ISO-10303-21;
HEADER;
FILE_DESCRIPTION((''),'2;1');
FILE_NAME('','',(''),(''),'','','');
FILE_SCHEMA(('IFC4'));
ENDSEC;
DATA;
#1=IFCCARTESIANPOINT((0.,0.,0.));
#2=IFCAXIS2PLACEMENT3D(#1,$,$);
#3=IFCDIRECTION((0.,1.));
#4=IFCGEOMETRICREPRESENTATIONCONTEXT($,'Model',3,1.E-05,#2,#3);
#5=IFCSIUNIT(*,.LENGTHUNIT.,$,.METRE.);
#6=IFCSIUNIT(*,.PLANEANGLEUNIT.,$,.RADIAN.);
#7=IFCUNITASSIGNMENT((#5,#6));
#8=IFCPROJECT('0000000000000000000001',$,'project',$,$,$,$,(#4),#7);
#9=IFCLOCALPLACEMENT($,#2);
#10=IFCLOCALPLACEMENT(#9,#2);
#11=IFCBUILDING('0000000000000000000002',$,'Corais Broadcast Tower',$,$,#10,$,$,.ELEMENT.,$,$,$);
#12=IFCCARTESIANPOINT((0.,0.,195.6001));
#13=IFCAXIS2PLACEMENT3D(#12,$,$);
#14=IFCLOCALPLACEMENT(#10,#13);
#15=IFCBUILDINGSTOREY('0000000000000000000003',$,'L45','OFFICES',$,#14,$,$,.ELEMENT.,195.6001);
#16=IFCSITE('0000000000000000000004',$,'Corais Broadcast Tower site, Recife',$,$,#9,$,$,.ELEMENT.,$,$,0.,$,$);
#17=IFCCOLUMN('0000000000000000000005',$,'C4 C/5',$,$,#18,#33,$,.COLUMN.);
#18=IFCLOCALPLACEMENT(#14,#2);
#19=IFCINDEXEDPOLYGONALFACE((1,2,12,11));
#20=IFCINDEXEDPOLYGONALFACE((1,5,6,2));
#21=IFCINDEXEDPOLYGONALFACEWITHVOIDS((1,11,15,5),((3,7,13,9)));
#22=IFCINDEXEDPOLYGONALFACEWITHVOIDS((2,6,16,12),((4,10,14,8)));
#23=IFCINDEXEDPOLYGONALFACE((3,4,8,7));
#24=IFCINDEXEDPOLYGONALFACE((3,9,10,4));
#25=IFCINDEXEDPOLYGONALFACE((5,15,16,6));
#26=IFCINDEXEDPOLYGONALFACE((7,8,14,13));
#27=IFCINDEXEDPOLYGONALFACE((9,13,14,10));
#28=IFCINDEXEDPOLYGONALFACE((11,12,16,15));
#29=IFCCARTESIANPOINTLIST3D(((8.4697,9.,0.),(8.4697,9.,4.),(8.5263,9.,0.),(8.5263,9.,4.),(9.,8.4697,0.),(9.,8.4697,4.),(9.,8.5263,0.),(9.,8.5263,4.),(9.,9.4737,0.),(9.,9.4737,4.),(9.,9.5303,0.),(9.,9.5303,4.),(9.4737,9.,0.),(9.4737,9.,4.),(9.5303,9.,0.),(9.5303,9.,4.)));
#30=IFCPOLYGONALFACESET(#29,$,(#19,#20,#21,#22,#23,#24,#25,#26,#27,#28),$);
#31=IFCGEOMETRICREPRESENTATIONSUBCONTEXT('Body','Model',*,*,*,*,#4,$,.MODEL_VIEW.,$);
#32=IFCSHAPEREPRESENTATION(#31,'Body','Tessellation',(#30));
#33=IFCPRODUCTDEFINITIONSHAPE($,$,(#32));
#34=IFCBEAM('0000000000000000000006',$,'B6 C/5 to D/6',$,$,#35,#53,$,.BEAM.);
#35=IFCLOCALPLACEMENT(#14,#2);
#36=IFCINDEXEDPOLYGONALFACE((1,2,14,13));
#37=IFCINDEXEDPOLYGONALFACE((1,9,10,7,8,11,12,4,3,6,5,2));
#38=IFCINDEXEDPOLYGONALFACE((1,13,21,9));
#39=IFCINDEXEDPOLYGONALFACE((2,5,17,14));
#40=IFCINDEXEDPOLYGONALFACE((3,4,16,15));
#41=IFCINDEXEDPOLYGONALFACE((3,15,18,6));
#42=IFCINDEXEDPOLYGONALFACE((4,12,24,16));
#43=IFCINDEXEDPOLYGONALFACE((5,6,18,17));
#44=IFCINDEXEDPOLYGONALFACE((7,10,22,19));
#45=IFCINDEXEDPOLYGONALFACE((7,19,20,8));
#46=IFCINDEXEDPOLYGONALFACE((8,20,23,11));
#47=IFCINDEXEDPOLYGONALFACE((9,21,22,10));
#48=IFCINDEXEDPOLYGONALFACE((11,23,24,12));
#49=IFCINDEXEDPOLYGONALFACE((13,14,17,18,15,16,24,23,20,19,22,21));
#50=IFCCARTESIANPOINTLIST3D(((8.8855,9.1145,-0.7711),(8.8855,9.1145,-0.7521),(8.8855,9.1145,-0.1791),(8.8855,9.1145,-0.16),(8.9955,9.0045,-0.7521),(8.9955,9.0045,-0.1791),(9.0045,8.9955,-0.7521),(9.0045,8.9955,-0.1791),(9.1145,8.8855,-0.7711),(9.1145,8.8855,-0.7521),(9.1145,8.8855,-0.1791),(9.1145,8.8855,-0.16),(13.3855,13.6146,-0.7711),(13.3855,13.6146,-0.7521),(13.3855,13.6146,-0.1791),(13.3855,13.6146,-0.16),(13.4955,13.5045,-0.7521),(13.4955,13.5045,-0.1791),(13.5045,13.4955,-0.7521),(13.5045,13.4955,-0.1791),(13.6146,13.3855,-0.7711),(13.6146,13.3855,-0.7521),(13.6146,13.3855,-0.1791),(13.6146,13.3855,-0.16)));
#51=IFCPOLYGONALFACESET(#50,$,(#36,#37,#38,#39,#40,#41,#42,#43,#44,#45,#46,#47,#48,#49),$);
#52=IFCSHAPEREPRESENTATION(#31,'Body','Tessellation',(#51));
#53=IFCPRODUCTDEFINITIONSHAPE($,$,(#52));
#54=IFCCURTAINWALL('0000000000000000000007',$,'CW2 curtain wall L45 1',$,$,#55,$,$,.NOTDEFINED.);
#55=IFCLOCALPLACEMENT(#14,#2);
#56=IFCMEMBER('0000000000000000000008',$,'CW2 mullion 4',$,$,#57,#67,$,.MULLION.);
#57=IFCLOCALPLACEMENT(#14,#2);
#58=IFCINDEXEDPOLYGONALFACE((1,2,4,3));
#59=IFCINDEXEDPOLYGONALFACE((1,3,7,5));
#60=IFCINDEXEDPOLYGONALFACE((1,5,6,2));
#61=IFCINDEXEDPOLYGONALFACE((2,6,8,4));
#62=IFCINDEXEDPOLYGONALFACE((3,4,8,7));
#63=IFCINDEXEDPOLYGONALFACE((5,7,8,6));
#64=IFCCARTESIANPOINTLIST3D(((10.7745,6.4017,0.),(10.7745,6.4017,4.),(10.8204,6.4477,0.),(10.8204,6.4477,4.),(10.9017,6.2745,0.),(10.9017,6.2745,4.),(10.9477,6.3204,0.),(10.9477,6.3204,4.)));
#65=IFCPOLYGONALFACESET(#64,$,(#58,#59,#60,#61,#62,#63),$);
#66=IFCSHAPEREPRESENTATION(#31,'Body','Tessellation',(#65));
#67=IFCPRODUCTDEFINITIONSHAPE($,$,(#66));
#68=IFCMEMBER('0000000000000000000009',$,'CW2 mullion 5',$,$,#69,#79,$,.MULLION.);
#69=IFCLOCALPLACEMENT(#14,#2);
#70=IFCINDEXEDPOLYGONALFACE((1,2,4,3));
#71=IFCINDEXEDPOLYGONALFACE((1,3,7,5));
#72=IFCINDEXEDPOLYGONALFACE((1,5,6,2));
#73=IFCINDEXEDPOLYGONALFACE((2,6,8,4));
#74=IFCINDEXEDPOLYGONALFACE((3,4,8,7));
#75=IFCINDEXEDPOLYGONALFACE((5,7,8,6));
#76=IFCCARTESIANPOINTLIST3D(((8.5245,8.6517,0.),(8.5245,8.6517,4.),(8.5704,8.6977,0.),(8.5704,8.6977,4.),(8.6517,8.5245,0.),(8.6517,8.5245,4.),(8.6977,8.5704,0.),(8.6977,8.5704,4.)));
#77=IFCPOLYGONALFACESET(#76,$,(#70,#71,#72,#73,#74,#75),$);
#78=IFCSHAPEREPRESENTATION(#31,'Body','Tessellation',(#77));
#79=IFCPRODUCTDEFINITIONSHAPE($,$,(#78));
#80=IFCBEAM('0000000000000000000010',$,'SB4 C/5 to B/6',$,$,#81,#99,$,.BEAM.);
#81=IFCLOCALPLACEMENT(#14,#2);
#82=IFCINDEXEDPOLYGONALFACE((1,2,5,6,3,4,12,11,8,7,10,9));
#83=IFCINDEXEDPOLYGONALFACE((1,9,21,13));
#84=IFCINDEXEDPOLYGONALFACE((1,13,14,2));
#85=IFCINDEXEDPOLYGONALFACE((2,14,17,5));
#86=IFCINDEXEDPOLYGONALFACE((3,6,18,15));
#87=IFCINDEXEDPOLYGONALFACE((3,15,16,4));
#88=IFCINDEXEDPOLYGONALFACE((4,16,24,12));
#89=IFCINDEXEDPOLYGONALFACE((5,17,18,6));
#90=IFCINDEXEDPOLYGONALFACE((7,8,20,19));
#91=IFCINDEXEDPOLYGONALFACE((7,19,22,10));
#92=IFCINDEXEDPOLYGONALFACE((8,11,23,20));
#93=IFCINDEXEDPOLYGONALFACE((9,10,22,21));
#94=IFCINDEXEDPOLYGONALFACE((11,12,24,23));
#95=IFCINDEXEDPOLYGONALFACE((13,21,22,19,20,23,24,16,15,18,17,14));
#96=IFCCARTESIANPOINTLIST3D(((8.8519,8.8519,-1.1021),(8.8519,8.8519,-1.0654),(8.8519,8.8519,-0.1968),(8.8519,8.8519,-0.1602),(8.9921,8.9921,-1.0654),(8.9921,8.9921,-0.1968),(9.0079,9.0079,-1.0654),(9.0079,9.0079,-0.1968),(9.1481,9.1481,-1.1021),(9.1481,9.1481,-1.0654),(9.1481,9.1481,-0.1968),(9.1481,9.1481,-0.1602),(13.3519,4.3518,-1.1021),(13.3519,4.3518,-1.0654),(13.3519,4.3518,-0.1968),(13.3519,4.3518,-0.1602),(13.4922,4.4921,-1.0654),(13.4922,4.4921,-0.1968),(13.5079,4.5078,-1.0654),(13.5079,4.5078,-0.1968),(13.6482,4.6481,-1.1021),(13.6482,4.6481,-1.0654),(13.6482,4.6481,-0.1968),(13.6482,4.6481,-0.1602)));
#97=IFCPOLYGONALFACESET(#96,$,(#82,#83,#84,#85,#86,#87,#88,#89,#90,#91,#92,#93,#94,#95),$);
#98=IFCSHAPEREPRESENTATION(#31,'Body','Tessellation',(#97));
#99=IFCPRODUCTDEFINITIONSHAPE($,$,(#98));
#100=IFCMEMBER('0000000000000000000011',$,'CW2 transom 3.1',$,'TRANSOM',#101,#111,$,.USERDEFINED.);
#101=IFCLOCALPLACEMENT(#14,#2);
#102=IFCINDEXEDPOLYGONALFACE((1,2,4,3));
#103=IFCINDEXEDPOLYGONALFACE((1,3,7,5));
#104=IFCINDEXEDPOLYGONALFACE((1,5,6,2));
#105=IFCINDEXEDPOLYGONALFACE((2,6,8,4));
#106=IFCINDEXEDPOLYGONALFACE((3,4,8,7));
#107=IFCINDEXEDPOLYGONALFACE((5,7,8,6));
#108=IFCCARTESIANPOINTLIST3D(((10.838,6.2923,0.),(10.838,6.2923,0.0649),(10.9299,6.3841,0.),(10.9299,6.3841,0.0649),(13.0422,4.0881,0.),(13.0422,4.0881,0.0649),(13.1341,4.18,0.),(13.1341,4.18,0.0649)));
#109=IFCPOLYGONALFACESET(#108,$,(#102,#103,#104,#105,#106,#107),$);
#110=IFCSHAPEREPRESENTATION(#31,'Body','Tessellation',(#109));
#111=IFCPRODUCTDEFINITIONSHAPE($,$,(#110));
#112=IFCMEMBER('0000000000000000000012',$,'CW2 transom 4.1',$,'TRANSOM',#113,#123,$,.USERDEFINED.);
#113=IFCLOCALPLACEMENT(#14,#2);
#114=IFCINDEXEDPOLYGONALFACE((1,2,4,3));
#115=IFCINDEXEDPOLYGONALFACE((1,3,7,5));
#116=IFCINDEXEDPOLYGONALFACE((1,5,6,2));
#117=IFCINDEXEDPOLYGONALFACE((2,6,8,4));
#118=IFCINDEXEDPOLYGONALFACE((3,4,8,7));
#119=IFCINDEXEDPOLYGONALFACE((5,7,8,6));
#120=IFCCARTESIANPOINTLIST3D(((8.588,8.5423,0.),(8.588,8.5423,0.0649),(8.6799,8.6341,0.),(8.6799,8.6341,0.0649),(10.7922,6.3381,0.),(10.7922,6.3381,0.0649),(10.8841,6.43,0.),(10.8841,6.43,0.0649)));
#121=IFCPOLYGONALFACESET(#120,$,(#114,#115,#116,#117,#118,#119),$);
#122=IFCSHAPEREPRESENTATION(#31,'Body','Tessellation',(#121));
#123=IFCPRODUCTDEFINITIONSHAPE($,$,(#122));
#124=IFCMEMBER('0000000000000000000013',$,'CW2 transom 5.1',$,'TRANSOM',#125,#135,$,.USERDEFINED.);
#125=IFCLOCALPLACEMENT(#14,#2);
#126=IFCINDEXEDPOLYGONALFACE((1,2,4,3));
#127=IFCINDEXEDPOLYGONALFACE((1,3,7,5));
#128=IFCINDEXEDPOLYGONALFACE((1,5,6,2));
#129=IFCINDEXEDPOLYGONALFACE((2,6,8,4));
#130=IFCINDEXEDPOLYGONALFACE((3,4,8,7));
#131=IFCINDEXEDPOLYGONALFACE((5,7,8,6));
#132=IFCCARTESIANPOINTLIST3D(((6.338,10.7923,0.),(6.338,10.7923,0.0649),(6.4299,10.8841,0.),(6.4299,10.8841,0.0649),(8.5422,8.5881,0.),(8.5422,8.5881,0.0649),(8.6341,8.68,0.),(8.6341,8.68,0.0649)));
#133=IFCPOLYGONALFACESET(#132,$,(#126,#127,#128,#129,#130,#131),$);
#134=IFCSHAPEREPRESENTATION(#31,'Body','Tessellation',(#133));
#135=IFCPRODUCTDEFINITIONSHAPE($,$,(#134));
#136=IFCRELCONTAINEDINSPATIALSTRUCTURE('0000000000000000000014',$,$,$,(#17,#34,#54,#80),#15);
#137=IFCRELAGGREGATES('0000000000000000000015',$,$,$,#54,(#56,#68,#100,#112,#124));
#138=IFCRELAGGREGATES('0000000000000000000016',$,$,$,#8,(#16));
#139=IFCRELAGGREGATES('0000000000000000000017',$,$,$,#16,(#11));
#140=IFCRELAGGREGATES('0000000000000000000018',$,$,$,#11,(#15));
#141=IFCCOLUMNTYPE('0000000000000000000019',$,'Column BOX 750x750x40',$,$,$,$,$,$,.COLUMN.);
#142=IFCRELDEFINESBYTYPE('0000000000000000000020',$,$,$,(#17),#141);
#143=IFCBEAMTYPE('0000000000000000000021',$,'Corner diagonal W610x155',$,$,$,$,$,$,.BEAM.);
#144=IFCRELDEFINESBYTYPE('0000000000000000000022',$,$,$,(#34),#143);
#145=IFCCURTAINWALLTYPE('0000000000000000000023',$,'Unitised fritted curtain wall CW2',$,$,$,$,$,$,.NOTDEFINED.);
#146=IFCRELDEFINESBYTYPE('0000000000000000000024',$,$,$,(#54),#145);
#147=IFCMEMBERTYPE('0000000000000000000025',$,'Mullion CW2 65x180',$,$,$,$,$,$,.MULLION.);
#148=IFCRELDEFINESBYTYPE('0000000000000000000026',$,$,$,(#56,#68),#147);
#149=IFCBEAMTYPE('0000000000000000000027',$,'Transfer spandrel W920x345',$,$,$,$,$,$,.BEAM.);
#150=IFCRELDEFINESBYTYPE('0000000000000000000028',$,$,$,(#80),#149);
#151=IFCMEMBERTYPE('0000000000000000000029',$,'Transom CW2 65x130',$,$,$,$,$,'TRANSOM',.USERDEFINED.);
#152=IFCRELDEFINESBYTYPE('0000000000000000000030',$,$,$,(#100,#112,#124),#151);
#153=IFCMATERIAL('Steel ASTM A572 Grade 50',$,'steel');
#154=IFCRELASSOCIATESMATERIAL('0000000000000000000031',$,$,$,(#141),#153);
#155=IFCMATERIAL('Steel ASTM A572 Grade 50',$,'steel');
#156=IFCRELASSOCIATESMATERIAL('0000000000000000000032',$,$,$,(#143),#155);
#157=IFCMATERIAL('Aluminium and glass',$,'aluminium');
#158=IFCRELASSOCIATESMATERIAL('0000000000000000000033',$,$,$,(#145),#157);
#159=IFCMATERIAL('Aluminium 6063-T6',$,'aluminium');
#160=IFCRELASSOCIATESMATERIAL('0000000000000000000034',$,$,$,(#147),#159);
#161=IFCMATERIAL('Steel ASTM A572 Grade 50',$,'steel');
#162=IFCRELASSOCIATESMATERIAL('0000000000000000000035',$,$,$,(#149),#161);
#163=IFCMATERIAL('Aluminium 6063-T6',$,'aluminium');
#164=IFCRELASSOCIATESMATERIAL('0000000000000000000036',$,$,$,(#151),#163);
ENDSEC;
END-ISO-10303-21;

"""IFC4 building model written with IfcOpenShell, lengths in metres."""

from ifc_helpers import new_model, si_unit, direction, frame, origin, origin_2d, place, context, subcontext, project, spatial, rectangle, hollow_rectangle, i_section, extrude, material, material_profile, profile_set, type_object, element, aggregate, save


model = new_model("IFC4")

# Units and contexts
model_context = context("Model", 3, precision=1e-05, world=origin(), true_north=direction((0.0, 1.0)))
body_context = subcontext(model_context, "Body", "Model", "MODEL_VIEW")
ifc_project = project(units=[si_unit("LENGTHUNIT", "METRE"), si_unit("PLANEANGLEUNIT", "RADIAN")], contexts=[model_context])

# Site, building, storey
site_placement = place(None, origin())
site = spatial("IfcSite", under=ifc_project, at=site_placement, Name="Corais Broadcast Tower site, Recife", CompositionType="ELEMENT", RefElevation=0.0)
building_placement = place(site_placement, origin())
building = spatial("IfcBuilding", under=site, at=building_placement, Name="Corais Broadcast Tower", CompositionType="ELEMENT")
storey_placement = place(building_placement, frame((0.0, 0.0, 195.6001)))
storey = spatial("IfcBuildingStorey", under=building, at=storey_placement, Name="L45", Description="OFFICES", CompositionType="ELEMENT", Elevation=195.6001)

# Column
ifc_material_1 = material(Name="Steel ASTM A572 Grade 50", Category="steel")
ifc_material_profile_1 = material_profile(ifc_material_1, hollow_rectangle(XDim=0.75, YDim=0.75, WallThickness=0.04, at=origin_2d()), Name="BOX 750x750x40")
ifc_profile_set_1 = profile_set([ifc_material_profile_1], Name="Steel ASTM A572 Grade 50")
column_type = type_object("IfcColumnType", Name="Column BOX 750x750x40", PredefinedType="COLUMN", material=ifc_profile_set_1)
column_placement = place(storey_placement, frame((9.0, 9.0, 0.0), z_axis=(0.0, 0.0, 1.0), x_axis=(0.707107, 0.707107, 0.0)))
element("IfcColumn", 1, at=column_placement, inside=storey, type_object=column_type, Name="C4 C/5", PredefinedType="COLUMN", context=body_context, shape_type="SweptSolid", body=[
    extrude(hollow_rectangle(XDim=0.75, YDim=0.75, WallThickness=0.04, at=origin_2d()), origin(), (0.0, 0.0, 1.0), 4.0),
])

# Beam
ifc_material_2 = material(Name="Steel ASTM A572 Grade 50", Category="steel")
ifc_material_profile_2 = material_profile(ifc_material_2, i_section(OverallWidth=0.324, OverallDepth=0.6111, WebThickness=0.0127, FlangeThickness=0.019, at=origin_2d()), Name="W610x155")
ifc_profile_set_2 = profile_set([ifc_material_profile_2], Name="Steel ASTM A572 Grade 50")
beam_type_1 = type_object("IfcBeamType", Name="Corner diagonal W610x155", PredefinedType="BEAM", material=ifc_profile_set_2)
beam_1_placement = place(storey_placement, frame((9.0, 9.0, -0.4656), z_axis=(0.707107, 0.707107, 0.0), x_axis=(-0.707107, 0.707107, 0.0)))
element("IfcBeam", 2, at=beam_1_placement, inside=storey, type_object=beam_type_1, Name="B6 C/5 to D/6", PredefinedType="BEAM", context=body_context, shape_type="SweptSolid", body=[
    extrude(i_section(OverallWidth=0.324, OverallDepth=0.6111, WebThickness=0.0127, FlangeThickness=0.019, at=origin_2d()), origin(), (0.0, 0.0, 1.0), 6.364),
])

# Curtain wall, members
ifc_material_3 = material(Name="Aluminium and glass", Category="aluminium")
curtain_wall_type = type_object("IfcCurtainWallType", Name="Unitised fritted curtain wall CW2", PredefinedType="NOTDEFINED", material=ifc_material_3)
curtain_wall_placement = place(storey_placement, origin())
curtain_wall = element("IfcCurtainWall", 3, at=curtain_wall_placement, inside=storey, type_object=curtain_wall_type, Name="CW2 curtain wall L45 1", PredefinedType="NOTDEFINED")
ifc_material_4 = material(Name="Aluminium 6063-T6", Category="aluminium")
ifc_material_profile_3 = material_profile(ifc_material_4, rectangle(XDim=0.0649, YDim=0.1799, at=origin_2d()), Name="Mullion CW2 65x180")
ifc_profile_set_3 = profile_set([ifc_material_profile_3], Name="Aluminium 6063-T6")
member_type_1 = type_object("IfcMemberType", Name="Mullion CW2 65x180", PredefinedType="MULLION", material=ifc_profile_set_3)
member_1_placement = place(storey_placement, frame((10.8611, 6.3611, 0.0), z_axis=(0.0, 0.0, 1.0), x_axis=(-0.707107, -0.707107, 0.0)))
member_1 = element("IfcMember", 4, at=member_1_placement, type_object=member_type_1, Name="CW2 mullion 4", PredefinedType="MULLION", context=body_context, shape_type="SweptSolid", body=[
    extrude(rectangle(XDim=0.0649, YDim=0.1799, at=origin_2d()), origin(), (0.0, 0.0, 1.0), 4.0),
])
member_2_placement = place(storey_placement, frame((8.6111, 8.6111, 0.0), z_axis=(0.0, 0.0, 1.0), x_axis=(-0.707107, -0.707107, 0.0)))
member_2 = element("IfcMember", 5, at=member_2_placement, type_object=member_type_1, Name="CW2 mullion 5", PredefinedType="MULLION", context=body_context, shape_type="SweptSolid", body=[
    extrude(rectangle(XDim=0.0649, YDim=0.1799, at=origin_2d()), origin(), (0.0, 0.0, 1.0), 4.0),
])

# Beam
ifc_material_5 = material(Name="Steel ASTM A572 Grade 50", Category="steel")
ifc_material_profile_4 = material_profile(ifc_material_5, i_section(OverallWidth=0.4189, OverallDepth=0.9419, WebThickness=0.0222, FlangeThickness=0.0366, at=origin_2d()), Name="W920x345")
ifc_profile_set_4 = profile_set([ifc_material_profile_4], Name="Steel ASTM A572 Grade 50")
beam_type_2 = type_object("IfcBeamType", Name="Transfer spandrel W920x345", PredefinedType="BEAM", material=ifc_profile_set_4)
beam_2_placement = place(storey_placement, frame((9.0, 9.0, -0.6311), z_axis=(0.707107, -0.707107, 0.0), x_axis=(0.707107, 0.707107, 0.0)))
element("IfcBeam", 6, at=beam_2_placement, inside=storey, type_object=beam_type_2, Name="SB4 C/5 to B/6", PredefinedType="BEAM", context=body_context, shape_type="SweptSolid", body=[
    extrude(i_section(OverallWidth=0.4189, OverallDepth=0.9419, WebThickness=0.0222, FlangeThickness=0.0366, at=origin_2d()), origin(), (0.0, 0.0, 1.0), 6.364),
])

# Members
ifc_material_6 = material(Name="Aluminium 6063-T6", Category="aluminium")
ifc_material_profile_5 = material_profile(ifc_material_6, rectangle(XDim=0.1299, YDim=0.0649, at=origin_2d()), Name="Transom CW2 65x130")
ifc_profile_set_5 = profile_set([ifc_material_profile_5], Name="Aluminium 6063-T6")
member_type_2 = type_object("IfcMemberType", Name="Transom CW2 65x130", ElementType="TRANSOM", PredefinedType="USERDEFINED", material=ifc_profile_set_5)
member_3_placement = place(storey_placement, frame((13.0881, 4.134, 0.0325), z_axis=(-0.707107, 0.707107, 0.0), x_axis=(-0.707107, -0.707107, 0.0)))
member_3 = element("IfcMember", 7, at=member_3_placement, type_object=member_type_2, Name="CW2 transom 3.1", ObjectType="TRANSOM", PredefinedType="USERDEFINED", context=body_context, shape_type="SweptSolid", body=[
    extrude(rectangle(XDim=0.1299, YDim=0.0649, at=origin_2d()), origin(), (0.0, 0.0, 1.0), 3.1172),
])
member_4_placement = place(storey_placement, frame((10.8381, 6.384, 0.0325), z_axis=(-0.707107, 0.707107, 0.0), x_axis=(-0.707107, -0.707107, 0.0)))
member_4 = element("IfcMember", 8, at=member_4_placement, type_object=member_type_2, Name="CW2 transom 4.1", ObjectType="TRANSOM", PredefinedType="USERDEFINED", context=body_context, shape_type="SweptSolid", body=[
    extrude(rectangle(XDim=0.1299, YDim=0.0649, at=origin_2d()), origin(), (0.0, 0.0, 1.0), 3.1172),
])
member_5_placement = place(storey_placement, frame((8.5881, 8.634, 0.0325), z_axis=(-0.707107, 0.707107, 0.0), x_axis=(-0.707107, -0.707107, 0.0)))
member_5 = element("IfcMember", 9, at=member_5_placement, type_object=member_type_2, Name="CW2 transom 5.1", ObjectType="TRANSOM", PredefinedType="USERDEFINED", context=body_context, shape_type="SweptSolid", body=[
    extrude(rectangle(XDim=0.1299, YDim=0.0649, at=origin_2d()), origin(), (0.0, 0.0, 1.0), 3.1172),
])

aggregate(curtain_wall, [member_1, member_2, member_3, member_4, member_5])

save(model, "model.ifc")
